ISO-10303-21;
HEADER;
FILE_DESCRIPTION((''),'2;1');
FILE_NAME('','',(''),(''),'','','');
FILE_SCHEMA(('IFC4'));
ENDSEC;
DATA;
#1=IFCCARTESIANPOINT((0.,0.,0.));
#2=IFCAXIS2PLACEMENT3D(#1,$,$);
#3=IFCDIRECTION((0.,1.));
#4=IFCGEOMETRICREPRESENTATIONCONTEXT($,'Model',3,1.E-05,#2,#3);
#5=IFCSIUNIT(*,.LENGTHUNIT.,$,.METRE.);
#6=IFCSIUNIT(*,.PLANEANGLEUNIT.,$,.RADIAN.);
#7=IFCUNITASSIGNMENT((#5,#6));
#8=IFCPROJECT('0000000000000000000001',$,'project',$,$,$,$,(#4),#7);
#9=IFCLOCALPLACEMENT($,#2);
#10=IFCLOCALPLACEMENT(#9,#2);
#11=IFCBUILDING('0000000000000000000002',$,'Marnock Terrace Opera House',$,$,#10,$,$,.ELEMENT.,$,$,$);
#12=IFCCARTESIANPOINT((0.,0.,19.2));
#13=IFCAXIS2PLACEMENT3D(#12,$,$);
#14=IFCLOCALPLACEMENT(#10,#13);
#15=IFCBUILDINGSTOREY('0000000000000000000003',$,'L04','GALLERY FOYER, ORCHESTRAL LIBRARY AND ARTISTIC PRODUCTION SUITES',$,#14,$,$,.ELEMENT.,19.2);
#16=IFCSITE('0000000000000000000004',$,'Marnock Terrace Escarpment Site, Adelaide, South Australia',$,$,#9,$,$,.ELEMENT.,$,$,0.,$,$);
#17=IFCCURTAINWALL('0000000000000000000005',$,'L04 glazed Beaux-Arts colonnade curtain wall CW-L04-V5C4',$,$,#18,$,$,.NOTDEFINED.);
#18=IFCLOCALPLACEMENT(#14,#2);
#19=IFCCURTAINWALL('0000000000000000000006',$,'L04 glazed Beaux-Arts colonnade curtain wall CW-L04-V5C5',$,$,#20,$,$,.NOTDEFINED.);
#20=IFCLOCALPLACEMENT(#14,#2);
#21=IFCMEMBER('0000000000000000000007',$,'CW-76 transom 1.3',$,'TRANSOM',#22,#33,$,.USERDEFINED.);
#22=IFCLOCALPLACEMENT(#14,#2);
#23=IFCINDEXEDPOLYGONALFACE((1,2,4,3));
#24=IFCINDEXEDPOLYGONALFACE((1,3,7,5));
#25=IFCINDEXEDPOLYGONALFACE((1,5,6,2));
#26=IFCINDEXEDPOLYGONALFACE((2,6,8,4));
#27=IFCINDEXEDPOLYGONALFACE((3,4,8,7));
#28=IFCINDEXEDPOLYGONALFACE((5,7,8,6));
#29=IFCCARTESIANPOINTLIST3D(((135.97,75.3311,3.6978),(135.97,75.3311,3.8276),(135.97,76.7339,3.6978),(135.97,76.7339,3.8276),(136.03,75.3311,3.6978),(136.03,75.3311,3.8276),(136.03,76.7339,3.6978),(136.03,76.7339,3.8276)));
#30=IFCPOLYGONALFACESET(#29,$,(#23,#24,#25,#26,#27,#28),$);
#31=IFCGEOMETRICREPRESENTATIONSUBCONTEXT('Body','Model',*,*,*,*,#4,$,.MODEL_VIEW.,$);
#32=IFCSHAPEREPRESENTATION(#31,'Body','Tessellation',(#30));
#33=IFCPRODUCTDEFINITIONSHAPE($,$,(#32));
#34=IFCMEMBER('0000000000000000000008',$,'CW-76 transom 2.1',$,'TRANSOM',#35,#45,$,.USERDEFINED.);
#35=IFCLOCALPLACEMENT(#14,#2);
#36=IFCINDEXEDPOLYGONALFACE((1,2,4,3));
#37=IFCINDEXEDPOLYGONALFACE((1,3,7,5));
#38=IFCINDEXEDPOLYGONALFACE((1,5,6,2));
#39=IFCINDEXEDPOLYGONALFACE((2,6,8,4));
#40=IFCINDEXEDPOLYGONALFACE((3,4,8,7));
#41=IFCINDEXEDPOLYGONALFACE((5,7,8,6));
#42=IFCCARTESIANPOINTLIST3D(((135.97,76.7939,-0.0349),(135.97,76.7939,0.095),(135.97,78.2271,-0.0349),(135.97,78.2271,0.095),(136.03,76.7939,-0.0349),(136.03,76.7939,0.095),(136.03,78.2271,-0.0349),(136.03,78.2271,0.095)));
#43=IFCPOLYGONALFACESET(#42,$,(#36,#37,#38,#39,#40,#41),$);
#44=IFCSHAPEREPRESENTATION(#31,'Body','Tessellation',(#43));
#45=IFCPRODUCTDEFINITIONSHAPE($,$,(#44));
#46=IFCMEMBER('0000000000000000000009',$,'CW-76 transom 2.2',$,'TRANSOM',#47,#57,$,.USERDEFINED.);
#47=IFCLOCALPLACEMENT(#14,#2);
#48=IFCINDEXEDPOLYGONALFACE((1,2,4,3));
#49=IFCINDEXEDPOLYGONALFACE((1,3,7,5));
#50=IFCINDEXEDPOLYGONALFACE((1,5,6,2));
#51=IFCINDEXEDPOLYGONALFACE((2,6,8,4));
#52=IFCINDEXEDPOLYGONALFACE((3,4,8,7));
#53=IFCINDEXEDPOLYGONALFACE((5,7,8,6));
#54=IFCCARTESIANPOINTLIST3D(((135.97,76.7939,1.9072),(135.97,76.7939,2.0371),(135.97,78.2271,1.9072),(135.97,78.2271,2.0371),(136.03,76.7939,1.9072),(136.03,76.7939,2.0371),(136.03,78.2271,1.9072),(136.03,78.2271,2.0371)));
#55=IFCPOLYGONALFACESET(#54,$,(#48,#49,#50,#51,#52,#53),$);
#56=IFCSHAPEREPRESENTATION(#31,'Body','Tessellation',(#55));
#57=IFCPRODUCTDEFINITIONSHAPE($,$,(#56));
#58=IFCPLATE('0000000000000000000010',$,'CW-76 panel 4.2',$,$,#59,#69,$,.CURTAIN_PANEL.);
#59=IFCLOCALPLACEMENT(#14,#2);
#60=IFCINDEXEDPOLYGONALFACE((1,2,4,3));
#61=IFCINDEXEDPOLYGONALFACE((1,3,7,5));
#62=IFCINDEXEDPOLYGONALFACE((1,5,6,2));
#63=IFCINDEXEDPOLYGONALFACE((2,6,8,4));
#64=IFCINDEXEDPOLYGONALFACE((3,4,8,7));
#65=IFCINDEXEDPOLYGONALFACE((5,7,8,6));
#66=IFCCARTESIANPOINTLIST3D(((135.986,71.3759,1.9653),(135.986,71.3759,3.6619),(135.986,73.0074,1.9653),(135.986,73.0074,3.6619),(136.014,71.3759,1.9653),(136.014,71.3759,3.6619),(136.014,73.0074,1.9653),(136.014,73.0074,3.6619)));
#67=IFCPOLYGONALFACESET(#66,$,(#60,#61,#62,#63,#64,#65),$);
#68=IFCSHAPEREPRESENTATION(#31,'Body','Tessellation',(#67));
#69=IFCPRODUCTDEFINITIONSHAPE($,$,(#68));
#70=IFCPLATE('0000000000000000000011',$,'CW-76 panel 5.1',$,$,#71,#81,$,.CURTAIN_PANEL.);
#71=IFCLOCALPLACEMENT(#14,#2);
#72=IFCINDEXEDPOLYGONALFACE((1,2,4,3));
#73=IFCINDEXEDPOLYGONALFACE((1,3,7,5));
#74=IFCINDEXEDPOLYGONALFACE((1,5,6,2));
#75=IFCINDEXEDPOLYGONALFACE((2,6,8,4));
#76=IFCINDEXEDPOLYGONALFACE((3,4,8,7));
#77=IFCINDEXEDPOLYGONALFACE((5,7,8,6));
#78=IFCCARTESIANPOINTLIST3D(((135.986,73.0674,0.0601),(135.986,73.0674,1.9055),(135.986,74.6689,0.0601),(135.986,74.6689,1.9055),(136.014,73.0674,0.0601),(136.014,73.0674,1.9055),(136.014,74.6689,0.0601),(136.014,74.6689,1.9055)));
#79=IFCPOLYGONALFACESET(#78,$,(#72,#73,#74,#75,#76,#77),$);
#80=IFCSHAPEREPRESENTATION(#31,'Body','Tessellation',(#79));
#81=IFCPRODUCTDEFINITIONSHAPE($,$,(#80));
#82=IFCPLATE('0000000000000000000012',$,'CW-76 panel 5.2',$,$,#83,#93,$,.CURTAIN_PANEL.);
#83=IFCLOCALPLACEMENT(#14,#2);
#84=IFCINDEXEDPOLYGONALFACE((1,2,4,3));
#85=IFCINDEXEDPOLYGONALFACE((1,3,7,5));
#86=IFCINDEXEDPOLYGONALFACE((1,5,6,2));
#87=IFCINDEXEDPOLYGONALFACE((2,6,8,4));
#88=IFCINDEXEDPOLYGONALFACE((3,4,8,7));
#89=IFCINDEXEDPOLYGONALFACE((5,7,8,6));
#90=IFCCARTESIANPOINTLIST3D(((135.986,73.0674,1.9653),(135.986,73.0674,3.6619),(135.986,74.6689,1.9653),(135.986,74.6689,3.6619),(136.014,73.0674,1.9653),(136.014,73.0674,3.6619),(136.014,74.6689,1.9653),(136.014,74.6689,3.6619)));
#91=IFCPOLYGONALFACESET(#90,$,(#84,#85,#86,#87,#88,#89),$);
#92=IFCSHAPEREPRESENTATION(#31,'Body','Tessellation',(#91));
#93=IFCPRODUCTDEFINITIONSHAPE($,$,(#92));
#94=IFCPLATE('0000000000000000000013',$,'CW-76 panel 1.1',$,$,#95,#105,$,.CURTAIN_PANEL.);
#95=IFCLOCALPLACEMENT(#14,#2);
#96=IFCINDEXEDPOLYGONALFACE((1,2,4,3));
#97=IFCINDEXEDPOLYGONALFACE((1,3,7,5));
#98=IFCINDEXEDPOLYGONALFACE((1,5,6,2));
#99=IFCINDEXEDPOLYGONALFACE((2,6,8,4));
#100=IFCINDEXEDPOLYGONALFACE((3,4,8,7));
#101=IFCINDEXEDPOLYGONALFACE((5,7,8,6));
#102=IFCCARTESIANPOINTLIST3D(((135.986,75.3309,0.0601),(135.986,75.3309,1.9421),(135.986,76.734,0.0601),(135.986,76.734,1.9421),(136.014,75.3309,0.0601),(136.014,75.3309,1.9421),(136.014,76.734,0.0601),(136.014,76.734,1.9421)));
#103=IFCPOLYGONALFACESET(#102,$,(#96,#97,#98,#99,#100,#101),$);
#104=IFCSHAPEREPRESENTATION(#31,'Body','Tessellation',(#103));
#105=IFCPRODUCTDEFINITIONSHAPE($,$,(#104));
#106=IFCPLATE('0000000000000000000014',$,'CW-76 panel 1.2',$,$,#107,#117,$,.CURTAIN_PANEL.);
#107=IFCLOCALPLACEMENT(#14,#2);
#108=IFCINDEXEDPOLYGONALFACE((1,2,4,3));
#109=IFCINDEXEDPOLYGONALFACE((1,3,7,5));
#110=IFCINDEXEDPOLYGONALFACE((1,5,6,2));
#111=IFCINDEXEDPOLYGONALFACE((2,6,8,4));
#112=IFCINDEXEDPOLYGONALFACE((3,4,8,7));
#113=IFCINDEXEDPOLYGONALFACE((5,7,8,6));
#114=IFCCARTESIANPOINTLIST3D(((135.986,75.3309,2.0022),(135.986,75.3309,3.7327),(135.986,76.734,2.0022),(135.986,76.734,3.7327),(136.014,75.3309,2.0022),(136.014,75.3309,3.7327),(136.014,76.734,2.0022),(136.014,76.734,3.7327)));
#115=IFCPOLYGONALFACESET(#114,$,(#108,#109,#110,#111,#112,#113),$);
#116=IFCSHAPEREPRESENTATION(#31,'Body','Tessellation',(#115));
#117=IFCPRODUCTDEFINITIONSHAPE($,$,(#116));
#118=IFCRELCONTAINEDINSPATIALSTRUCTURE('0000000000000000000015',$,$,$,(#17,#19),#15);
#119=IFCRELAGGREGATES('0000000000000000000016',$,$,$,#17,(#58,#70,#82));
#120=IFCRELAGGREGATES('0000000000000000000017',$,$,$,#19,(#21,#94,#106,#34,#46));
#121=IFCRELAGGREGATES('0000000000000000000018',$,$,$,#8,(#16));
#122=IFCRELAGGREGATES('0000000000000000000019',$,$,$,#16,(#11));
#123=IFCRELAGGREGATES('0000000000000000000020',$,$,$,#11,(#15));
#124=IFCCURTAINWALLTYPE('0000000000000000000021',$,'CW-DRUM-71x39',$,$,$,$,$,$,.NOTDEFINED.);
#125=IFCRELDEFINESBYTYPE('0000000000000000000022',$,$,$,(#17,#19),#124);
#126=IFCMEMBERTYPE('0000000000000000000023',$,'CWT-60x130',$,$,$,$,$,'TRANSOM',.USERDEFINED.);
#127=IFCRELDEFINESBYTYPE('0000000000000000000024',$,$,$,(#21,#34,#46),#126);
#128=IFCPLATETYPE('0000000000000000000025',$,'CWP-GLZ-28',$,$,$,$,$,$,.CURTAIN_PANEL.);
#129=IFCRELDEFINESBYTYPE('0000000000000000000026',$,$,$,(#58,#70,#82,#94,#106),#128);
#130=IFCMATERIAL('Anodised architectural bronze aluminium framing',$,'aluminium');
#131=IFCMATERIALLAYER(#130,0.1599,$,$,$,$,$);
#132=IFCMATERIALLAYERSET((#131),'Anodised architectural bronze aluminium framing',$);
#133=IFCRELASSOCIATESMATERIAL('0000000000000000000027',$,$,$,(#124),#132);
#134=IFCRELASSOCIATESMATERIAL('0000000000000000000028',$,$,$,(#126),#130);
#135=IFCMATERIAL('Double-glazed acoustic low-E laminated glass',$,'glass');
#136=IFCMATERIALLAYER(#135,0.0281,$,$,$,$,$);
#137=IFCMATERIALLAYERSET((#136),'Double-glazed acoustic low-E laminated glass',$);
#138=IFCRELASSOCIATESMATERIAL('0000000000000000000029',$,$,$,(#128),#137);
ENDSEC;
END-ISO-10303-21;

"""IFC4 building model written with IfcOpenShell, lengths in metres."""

from ifc_helpers import new_model, si_unit, direction, frame, origin, origin_2d, place, context, subcontext, project, spatial, rectangle, extrude, material, layer, layer_set, material_profile, profile_set, type_object, element, aggregate, save


model = new_model("IFC4")

# Units and contexts
model_context = context("Model", 3, precision=1e-05, world=origin(), true_north=direction((0.0, 1.0)))
body_context = subcontext(model_context, "Body", "Model", "MODEL_VIEW")
ifc_project = project(units=[si_unit("LENGTHUNIT", "METRE"), si_unit("PLANEANGLEUNIT", "RADIAN")], contexts=[model_context])

# Site, building, storey
site_placement = place(None, origin())
site = spatial("IfcSite", under=ifc_project, at=site_placement, Name="Marnock Terrace Escarpment Site, Adelaide, South Australia", CompositionType="ELEMENT", RefElevation=0.0)
building_placement = place(site_placement, origin())
building = spatial("IfcBuilding", under=site, at=building_placement, Name="Marnock Terrace Opera House", CompositionType="ELEMENT")
storey_placement = place(building_placement, frame((0.0, 0.0, 19.2)))
storey = spatial("IfcBuildingStorey", under=building, at=storey_placement, Name="L04", Description="GALLERY FOYER, ORCHESTRAL LIBRARY AND ARTISTIC PRODUCTION SUITES", CompositionType="ELEMENT", Elevation=19.2)

# Curtain walls
ifc_material_1 = material(Name="Anodised architectural bronze aluminium framing", Category="aluminium")
ifc_layer_1 = layer(ifc_material_1, 0.1599)
ifc_layer_set_1 = layer_set([ifc_layer_1], Name="Anodised architectural bronze aluminium framing")
curtain_wall_type = type_object("IfcCurtainWallType", Name="CW-DRUM-71x39", PredefinedType="NOTDEFINED", material=ifc_layer_set_1)
curtain_wall_1_placement = place(storey_placement, origin())
curtain_wall_1 = element("IfcCurtainWall", 1, at=curtain_wall_1_placement, inside=storey, type_object=curtain_wall_type, Name="L04 glazed Beaux-Arts colonnade curtain wall CW-L04-V5C4", PredefinedType="NOTDEFINED")
curtain_wall_2_placement = place(storey_placement, origin())
curtain_wall_2 = element("IfcCurtainWall", 2, at=curtain_wall_2_placement, inside=storey, type_object=curtain_wall_type, Name="L04 glazed Beaux-Arts colonnade curtain wall CW-L04-V5C5", PredefinedType="NOTDEFINED")

# Members
ifc_material_profile_1 = material_profile(ifc_material_1, rectangle(XDim=0.0601, YDim=0.1299, at=origin_2d()))
ifc_profile_set_1 = profile_set([ifc_material_profile_1], Name="Anodised architectural bronze aluminium framing")
member_type_1 = type_object("IfcMemberType", Name="CWT-60x130", ElementType="TRANSOM", PredefinedType="USERDEFINED", material=ifc_profile_set_1)
member_1_placement = place(storey_placement, frame((136.0, 75.3311, 3.7627), z_axis=(0.0, 1.0, 0.0), x_axis=(-1.0, 0.0, 0.0)))
member_1 = element("IfcMember", 3, at=member_1_placement, type_object=member_type_1, Name="CW-76 transom 1.3", ObjectType="TRANSOM", PredefinedType="USERDEFINED", context=body_context, shape_type="SweptSolid", body=[
    extrude(rectangle(XDim=0.0601, YDim=0.1299, at=origin_2d()), origin(), (0.0, 0.0, 1.0), 1.4028),
])
member_2_placement = place(storey_placement, frame((136.0, 76.7939, 0.03), z_axis=(0.0, 1.0, 0.0), x_axis=(-1.0, 0.0, 0.0)))
member_2 = element("IfcMember", 4, at=member_2_placement, type_object=member_type_1, Name="CW-76 transom 2.1", ObjectType="TRANSOM", PredefinedType="USERDEFINED", context=body_context, shape_type="SweptSolid", body=[
    extrude(rectangle(XDim=0.0601, YDim=0.1299, at=origin_2d()), origin(), (0.0, 0.0, 1.0), 1.4331),
])
member_3_placement = place(storey_placement, frame((136.0, 76.7939, 1.9722), z_axis=(0.0, 1.0, 0.0), x_axis=(-1.0, 0.0, 0.0)))
member_3 = element("IfcMember", 5, at=member_3_placement, type_object=member_type_1, Name="CW-76 transom 2.2", ObjectType="TRANSOM", PredefinedType="USERDEFINED", context=body_context, shape_type="SweptSolid", body=[
    extrude(rectangle(XDim=0.0601, YDim=0.1299, at=origin_2d()), origin(), (0.0, 0.0, 1.0), 1.4331),
])

# Plates
ifc_material_2 = material(Name="Double-glazed acoustic low-E laminated glass", Category="glass")
ifc_layer_2 = layer(ifc_material_2, 0.0281)
ifc_layer_set_2 = layer_set([ifc_layer_2], Name="Double-glazed acoustic low-E laminated glass")
plate_type = type_object("IfcPlateType", Name="CWP-GLZ-28", PredefinedType="CURTAIN_PANEL", material=ifc_layer_set_2)
plate_1_placement = place(storey_placement, frame((136.0, 72.1917, 1.9653), z_axis=(0.0, 0.0, 1.0), x_axis=(0.0, 1.0, 0.0)))
plate_1 = element("IfcPlate", 6, at=plate_1_placement, type_object=plate_type, Name="CW-76 panel 4.2", PredefinedType="CURTAIN_PANEL", context=body_context, shape_type="SweptSolid", body=[
    extrude(rectangle(XDim=1.6316, YDim=0.0281, at=origin_2d()), origin(), (0.0, 0.0, 1.0), 1.6965),
])
plate_2_placement = place(storey_placement, frame((136.0, 73.8682, 0.0601), z_axis=(0.0, 0.0, 1.0), x_axis=(0.0, 1.0, 0.0)))
plate_2 = element("IfcPlate", 7, at=plate_2_placement, type_object=plate_type, Name="CW-76 panel 5.1", PredefinedType="CURTAIN_PANEL", context=body_context, shape_type="SweptSolid", body=[
    extrude(rectangle(XDim=1.6016, YDim=0.0281, at=origin_2d()), origin(), (0.0, 0.0, 1.0), 1.8455),
])
plate_3_placement = place(storey_placement, frame((136.0, 73.8682, 1.9653), z_axis=(0.0, 0.0, 1.0), x_axis=(0.0, 1.0, 0.0)))
plate_3 = element("IfcPlate", 8, at=plate_3_placement, type_object=plate_type, Name="CW-76 panel 5.2", PredefinedType="CURTAIN_PANEL", context=body_context, shape_type="SweptSolid", body=[
    extrude(rectangle(XDim=1.6016, YDim=0.0281, at=origin_2d()), origin(), (0.0, 0.0, 1.0), 1.6965),
])
aggregate(curtain_wall_1, [plate_1, plate_2, plate_3])
plate_4_placement = place(storey_placement, frame((136.0, 76.0325, 0.0601), z_axis=(0.0, 0.0, 1.0), x_axis=(0.0, 1.0, 0.0)))
plate_4 = element("IfcPlate", 9, at=plate_4_placement, type_object=plate_type, Name="CW-76 panel 1.1", PredefinedType="CURTAIN_PANEL", context=body_context, shape_type="SweptSolid", body=[
    extrude(rectangle(XDim=1.4031, YDim=0.0281, at=origin_2d()), origin(), (0.0, 0.0, 1.0), 1.8821),
])
plate_5_placement = place(storey_placement, frame((136.0, 76.0325, 2.0022), z_axis=(0.0, 0.0, 1.0), x_axis=(0.0, 1.0, 0.0)))
plate_5 = element("IfcPlate", 10, at=plate_5_placement, type_object=plate_type, Name="CW-76 panel 1.2", PredefinedType="CURTAIN_PANEL", context=body_context, shape_type="SweptSolid", body=[
    extrude(rectangle(XDim=1.4031, YDim=0.0281, at=origin_2d()), origin(), (0.0, 0.0, 1.0), 1.7305),
])
aggregate(curtain_wall_2, [member_1, plate_4, plate_5, member_2, member_3])

save(model, "model.ifc")
